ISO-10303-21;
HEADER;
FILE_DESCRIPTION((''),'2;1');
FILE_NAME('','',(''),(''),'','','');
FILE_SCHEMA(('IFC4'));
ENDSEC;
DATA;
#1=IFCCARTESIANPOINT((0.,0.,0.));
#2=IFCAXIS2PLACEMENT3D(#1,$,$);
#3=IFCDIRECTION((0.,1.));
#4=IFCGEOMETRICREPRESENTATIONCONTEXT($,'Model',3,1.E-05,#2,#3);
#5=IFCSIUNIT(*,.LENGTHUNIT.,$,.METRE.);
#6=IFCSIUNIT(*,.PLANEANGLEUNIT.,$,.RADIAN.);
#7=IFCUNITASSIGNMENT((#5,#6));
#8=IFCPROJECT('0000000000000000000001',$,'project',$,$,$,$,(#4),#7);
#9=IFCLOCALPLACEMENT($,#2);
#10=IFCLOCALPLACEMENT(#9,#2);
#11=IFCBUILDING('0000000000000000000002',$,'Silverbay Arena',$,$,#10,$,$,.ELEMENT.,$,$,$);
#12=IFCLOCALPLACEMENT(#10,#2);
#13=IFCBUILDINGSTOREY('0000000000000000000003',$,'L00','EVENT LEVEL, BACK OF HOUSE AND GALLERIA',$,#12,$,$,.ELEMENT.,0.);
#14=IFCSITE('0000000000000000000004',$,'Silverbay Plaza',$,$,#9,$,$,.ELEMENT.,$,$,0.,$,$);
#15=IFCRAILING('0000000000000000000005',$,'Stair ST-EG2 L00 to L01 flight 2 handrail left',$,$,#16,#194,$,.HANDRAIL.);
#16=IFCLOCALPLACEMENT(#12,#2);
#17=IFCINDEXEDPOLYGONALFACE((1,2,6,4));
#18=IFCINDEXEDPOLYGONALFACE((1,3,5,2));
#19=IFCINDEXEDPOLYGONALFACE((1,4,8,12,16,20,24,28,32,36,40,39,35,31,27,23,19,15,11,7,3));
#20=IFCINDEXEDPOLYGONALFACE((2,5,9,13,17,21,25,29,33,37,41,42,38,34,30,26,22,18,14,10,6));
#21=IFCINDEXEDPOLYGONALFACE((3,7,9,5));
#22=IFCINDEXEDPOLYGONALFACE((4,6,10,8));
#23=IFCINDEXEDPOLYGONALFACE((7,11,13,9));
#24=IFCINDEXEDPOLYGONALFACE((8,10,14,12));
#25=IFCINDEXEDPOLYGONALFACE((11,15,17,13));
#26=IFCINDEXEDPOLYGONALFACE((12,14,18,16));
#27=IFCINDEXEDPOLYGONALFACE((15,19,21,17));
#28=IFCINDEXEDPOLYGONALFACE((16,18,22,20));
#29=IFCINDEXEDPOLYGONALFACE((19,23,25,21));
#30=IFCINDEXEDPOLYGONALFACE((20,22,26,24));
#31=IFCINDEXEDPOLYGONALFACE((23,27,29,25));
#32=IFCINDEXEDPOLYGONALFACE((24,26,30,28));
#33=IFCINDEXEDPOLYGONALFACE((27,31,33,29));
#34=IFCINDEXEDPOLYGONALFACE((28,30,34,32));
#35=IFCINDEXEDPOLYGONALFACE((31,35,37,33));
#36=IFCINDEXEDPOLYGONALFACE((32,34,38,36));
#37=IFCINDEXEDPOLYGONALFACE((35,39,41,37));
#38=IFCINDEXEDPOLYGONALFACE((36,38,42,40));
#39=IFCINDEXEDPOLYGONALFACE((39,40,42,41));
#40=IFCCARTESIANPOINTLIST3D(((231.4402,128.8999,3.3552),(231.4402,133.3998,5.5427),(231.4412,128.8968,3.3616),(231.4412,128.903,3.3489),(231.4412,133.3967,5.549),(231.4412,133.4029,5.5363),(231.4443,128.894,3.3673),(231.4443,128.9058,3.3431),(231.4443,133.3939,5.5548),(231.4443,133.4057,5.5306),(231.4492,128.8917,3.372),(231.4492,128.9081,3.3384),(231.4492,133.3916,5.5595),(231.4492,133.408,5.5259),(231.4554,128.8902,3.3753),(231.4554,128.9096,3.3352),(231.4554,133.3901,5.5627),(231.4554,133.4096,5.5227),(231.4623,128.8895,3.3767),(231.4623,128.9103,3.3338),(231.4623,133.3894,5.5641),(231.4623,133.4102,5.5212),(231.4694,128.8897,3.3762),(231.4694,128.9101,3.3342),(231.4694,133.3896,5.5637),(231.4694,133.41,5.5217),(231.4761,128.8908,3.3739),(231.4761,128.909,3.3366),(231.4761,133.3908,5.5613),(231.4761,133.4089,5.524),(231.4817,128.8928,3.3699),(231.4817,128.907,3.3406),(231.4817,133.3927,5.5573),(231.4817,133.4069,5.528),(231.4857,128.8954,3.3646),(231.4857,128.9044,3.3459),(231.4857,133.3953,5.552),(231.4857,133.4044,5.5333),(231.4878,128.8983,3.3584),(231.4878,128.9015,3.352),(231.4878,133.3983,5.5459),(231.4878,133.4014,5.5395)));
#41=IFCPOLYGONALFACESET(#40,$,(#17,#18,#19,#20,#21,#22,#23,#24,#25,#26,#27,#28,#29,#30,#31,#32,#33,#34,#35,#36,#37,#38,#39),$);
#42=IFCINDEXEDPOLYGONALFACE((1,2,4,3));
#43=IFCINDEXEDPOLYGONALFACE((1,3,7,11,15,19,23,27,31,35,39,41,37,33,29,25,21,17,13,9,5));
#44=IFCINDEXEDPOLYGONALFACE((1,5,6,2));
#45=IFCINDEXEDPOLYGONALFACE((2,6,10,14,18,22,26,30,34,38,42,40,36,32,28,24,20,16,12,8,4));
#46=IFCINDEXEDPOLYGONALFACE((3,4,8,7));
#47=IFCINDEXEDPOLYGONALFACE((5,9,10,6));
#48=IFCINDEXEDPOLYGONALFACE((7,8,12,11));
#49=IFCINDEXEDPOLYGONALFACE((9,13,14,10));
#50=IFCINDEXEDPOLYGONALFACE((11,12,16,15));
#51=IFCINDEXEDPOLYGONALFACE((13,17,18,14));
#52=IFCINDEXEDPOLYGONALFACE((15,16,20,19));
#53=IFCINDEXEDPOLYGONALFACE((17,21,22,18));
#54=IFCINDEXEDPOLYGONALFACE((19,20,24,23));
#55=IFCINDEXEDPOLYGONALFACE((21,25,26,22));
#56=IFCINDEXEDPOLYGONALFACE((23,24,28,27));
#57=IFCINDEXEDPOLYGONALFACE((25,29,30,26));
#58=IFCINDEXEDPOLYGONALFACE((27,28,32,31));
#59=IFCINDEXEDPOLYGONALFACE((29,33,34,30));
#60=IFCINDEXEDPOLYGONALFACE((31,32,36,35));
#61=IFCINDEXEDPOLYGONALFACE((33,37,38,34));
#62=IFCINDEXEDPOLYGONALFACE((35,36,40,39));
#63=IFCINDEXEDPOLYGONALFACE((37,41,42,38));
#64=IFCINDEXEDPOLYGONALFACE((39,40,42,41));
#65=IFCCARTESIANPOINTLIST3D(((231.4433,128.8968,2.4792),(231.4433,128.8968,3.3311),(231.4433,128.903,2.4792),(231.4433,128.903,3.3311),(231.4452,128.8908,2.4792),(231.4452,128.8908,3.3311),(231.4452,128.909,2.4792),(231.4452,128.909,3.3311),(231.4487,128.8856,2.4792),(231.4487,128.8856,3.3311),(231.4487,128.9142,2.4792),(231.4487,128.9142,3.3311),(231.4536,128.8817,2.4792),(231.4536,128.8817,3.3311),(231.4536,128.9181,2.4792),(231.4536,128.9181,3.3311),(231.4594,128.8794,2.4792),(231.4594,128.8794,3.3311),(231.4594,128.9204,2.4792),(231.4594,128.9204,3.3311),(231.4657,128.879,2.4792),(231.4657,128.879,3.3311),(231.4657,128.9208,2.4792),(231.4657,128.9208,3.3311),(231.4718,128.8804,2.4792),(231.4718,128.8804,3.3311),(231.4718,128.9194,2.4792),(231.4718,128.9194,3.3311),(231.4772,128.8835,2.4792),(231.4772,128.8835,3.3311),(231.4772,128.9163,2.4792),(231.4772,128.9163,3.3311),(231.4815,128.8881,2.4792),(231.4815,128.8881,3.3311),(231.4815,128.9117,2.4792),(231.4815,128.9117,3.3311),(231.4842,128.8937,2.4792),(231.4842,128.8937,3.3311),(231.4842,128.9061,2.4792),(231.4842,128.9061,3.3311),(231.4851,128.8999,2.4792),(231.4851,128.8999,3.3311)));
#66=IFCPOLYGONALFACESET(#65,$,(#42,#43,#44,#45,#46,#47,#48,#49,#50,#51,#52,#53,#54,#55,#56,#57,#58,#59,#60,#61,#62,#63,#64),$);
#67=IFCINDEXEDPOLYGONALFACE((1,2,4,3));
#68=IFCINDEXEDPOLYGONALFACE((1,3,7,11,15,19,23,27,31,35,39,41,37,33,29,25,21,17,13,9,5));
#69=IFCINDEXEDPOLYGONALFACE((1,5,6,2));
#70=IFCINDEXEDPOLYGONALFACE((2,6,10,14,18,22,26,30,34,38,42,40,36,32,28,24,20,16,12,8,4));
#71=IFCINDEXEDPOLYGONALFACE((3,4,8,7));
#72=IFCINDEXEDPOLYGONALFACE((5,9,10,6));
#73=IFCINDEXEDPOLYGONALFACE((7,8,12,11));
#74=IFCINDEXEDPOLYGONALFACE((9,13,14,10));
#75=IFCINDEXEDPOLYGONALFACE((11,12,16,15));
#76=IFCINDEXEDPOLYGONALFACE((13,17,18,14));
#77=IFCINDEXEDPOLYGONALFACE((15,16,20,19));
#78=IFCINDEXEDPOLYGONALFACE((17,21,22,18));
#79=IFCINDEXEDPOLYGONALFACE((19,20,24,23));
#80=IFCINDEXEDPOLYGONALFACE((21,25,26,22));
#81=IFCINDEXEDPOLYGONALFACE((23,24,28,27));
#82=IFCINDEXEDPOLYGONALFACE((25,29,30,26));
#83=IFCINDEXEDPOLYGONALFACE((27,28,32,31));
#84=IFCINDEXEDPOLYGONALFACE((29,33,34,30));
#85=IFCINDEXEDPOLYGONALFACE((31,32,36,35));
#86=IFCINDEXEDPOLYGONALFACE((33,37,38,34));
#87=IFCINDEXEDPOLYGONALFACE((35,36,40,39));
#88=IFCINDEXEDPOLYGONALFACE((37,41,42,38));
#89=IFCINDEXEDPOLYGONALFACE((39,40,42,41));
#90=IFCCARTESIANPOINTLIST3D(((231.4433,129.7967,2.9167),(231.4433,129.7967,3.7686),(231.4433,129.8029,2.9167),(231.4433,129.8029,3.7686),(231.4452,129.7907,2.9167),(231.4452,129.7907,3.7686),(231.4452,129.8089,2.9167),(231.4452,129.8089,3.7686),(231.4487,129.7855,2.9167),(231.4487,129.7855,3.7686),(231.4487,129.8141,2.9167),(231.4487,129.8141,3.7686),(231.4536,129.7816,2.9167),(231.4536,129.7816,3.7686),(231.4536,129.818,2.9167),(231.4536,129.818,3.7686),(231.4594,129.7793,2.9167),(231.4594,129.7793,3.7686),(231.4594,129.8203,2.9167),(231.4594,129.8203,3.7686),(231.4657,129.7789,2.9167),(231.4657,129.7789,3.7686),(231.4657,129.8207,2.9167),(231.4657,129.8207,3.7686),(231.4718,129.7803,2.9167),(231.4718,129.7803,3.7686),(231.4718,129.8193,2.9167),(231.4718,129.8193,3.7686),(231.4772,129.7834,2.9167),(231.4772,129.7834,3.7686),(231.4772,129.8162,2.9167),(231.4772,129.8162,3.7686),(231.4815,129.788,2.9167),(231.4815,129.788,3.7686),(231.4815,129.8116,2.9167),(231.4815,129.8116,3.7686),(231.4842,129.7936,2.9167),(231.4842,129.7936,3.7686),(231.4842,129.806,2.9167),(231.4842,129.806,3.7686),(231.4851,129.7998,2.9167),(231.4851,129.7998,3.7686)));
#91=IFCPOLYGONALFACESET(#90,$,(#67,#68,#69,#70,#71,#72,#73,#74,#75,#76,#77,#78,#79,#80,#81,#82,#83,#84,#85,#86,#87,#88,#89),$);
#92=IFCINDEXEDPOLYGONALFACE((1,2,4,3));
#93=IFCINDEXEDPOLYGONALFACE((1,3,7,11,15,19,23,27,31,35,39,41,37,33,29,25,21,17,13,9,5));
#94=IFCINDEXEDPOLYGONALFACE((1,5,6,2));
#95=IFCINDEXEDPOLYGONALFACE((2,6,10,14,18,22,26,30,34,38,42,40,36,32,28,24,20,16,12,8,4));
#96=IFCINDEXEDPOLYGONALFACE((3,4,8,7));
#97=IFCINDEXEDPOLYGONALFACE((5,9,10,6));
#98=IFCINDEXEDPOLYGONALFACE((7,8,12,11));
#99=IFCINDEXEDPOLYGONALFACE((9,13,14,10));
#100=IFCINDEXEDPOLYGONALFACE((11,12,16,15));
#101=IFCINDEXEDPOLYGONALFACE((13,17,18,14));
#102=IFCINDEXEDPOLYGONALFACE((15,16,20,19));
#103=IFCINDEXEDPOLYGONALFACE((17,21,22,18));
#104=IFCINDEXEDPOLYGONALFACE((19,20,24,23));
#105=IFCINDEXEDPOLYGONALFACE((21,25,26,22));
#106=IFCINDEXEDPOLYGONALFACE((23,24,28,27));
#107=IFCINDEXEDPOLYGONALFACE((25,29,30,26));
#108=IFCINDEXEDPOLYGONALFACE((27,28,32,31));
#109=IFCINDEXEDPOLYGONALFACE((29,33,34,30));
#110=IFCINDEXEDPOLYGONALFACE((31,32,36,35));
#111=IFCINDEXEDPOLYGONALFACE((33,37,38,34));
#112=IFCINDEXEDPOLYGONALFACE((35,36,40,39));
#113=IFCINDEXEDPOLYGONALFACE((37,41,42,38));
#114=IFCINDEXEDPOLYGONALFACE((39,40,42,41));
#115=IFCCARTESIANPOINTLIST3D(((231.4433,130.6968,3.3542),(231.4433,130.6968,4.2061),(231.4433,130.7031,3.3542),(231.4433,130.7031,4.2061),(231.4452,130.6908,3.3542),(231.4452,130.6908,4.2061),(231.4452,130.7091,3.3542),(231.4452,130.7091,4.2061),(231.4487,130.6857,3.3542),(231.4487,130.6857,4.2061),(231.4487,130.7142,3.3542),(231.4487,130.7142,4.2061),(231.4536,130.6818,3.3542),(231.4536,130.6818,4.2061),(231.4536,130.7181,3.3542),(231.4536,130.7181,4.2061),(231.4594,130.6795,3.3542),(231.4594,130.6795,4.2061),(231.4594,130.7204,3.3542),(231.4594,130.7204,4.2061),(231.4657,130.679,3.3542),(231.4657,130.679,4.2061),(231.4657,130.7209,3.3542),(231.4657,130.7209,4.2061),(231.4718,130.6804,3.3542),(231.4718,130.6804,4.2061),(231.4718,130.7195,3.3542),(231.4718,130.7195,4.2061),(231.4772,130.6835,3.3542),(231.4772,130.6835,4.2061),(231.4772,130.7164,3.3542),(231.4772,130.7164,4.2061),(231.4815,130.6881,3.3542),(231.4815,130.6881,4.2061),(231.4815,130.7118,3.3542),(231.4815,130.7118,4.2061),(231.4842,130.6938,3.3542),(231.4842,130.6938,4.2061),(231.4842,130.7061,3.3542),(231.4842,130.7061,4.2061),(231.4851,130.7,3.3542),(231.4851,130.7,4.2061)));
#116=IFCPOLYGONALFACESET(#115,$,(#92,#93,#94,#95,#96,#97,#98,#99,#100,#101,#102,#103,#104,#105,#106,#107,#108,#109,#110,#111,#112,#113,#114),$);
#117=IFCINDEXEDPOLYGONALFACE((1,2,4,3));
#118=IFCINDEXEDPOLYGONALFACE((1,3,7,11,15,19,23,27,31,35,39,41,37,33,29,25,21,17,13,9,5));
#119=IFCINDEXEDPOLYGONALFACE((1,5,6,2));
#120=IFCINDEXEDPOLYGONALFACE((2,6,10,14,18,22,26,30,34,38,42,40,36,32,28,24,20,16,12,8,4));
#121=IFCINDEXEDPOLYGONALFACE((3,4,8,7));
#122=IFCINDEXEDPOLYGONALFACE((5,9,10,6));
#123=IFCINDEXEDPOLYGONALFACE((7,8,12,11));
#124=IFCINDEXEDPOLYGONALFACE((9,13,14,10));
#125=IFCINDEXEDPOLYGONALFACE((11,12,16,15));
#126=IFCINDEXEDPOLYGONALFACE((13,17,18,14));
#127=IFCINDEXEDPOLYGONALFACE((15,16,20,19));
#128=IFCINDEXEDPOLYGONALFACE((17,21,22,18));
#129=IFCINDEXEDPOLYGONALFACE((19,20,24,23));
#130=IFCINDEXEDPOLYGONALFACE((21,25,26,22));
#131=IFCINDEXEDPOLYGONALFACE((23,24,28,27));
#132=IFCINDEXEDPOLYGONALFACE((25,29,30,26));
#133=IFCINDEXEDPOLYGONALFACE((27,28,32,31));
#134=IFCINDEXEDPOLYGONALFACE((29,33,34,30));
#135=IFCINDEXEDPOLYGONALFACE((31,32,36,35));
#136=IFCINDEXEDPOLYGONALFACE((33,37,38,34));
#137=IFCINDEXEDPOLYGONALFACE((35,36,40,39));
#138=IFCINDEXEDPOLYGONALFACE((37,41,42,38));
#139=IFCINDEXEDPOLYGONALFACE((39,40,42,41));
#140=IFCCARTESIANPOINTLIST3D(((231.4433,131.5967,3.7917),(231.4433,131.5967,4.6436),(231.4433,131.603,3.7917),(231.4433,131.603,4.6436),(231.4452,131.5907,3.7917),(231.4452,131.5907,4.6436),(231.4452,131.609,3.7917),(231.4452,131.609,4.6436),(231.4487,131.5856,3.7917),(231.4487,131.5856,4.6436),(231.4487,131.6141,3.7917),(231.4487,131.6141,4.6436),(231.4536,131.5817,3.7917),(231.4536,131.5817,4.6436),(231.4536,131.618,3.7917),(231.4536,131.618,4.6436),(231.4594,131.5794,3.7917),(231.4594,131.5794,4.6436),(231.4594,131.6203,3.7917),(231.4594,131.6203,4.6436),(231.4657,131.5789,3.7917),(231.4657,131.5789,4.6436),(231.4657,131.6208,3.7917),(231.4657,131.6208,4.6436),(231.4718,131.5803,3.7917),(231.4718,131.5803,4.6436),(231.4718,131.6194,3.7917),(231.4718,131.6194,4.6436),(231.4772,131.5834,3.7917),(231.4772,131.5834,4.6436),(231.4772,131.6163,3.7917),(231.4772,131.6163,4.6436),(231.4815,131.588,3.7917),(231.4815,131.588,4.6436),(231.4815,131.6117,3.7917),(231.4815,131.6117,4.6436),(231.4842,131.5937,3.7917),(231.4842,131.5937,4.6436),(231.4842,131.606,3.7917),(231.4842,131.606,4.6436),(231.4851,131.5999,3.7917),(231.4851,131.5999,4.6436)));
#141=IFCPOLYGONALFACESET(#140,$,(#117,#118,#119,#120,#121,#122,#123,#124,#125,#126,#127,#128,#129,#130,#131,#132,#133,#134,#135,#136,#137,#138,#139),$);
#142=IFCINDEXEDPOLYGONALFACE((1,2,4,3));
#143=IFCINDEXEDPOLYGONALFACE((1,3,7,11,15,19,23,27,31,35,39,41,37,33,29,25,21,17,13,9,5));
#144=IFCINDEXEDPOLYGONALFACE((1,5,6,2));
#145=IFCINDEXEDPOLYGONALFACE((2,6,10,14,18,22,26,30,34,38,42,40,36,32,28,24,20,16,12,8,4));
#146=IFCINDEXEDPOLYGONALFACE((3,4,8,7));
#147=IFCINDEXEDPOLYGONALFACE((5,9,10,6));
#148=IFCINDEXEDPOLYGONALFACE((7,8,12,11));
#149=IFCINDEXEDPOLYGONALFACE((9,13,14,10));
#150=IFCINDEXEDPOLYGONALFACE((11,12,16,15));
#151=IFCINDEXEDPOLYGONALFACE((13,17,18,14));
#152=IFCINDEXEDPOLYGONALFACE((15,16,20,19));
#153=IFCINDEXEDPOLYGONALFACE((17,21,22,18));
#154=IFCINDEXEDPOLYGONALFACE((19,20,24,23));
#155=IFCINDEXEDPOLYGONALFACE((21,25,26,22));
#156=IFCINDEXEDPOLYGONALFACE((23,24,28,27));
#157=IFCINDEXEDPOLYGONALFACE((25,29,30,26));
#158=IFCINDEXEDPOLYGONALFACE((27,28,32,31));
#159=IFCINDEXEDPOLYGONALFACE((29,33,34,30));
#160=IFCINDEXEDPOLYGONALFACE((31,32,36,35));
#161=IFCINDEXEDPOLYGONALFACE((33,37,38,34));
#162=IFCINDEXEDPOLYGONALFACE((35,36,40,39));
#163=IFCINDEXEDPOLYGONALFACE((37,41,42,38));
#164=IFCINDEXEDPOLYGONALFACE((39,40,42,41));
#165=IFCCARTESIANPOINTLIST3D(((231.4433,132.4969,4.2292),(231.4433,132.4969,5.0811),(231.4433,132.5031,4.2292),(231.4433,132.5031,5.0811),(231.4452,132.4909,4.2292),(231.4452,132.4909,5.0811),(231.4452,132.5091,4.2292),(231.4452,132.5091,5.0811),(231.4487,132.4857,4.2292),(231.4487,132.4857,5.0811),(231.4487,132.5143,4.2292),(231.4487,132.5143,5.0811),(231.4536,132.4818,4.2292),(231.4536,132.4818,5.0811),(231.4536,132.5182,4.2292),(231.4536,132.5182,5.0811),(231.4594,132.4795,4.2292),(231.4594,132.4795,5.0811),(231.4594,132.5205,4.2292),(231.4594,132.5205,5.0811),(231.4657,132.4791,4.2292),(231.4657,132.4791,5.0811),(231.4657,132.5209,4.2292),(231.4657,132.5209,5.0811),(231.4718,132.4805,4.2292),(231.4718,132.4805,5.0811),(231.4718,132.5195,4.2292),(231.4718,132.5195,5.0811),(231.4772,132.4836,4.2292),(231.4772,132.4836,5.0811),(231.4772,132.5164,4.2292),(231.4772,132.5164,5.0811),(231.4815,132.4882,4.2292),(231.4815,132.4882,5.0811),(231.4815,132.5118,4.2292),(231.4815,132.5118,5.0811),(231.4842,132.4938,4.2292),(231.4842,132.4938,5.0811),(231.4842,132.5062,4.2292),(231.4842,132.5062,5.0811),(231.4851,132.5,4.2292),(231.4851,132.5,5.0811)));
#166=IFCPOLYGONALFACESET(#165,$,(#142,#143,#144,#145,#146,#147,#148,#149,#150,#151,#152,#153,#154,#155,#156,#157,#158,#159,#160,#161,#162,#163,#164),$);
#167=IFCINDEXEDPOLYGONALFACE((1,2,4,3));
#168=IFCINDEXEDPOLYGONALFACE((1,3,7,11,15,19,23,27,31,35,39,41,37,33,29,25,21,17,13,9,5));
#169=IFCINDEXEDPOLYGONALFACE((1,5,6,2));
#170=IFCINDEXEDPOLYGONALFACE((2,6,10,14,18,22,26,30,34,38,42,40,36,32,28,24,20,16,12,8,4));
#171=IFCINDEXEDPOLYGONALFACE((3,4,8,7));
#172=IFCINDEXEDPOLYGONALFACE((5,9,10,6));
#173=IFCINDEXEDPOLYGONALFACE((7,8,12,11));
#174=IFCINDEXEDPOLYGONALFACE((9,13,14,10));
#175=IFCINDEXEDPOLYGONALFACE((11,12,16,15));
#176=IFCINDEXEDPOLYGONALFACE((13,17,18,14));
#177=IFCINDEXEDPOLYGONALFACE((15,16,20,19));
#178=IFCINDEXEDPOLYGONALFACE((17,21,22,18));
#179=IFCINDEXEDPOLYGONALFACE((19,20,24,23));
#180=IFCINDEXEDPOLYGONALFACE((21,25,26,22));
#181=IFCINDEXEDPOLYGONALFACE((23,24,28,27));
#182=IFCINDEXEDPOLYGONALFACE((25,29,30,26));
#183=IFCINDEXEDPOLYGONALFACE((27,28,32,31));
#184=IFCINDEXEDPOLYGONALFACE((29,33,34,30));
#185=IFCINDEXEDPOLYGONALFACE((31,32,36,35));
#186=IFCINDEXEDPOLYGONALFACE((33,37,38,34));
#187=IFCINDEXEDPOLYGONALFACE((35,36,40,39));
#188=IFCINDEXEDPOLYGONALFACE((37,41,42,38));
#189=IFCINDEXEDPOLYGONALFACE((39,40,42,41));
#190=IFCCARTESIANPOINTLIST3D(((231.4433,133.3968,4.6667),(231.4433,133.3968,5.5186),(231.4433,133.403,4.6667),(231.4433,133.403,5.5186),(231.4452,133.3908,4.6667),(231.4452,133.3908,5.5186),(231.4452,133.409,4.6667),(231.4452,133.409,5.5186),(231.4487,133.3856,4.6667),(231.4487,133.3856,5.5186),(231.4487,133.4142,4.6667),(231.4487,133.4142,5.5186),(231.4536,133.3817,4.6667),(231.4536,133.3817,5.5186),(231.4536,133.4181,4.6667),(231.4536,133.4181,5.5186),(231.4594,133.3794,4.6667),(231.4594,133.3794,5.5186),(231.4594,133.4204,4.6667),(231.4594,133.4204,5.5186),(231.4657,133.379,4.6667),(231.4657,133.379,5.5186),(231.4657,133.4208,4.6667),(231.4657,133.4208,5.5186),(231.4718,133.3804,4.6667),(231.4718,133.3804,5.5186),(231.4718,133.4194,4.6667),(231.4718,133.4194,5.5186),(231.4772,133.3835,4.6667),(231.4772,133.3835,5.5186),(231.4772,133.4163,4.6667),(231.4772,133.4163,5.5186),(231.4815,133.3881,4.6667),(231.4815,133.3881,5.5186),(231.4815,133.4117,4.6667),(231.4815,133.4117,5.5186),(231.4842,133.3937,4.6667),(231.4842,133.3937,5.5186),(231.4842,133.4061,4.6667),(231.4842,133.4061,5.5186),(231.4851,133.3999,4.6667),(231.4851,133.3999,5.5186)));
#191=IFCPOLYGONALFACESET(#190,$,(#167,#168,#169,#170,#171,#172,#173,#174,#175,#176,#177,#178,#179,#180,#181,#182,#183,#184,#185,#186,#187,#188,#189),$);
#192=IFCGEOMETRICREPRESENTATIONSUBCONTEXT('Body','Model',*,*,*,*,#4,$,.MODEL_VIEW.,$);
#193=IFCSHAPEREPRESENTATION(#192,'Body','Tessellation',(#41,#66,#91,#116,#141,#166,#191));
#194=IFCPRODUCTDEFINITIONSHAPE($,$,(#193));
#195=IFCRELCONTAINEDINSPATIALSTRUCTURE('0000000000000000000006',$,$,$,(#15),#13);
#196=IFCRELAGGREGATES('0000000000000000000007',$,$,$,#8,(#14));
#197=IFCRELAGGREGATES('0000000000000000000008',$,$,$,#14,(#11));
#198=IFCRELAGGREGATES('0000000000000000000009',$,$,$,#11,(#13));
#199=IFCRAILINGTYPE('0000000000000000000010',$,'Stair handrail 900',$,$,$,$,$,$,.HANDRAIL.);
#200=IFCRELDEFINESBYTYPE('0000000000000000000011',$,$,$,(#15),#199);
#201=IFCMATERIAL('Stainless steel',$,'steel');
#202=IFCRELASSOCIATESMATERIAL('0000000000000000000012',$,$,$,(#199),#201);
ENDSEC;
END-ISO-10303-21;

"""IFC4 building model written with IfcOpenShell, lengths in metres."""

from ifc_helpers import new_model, si_unit, direction, frame, origin, origin_2d, place, context, subcontext, project, spatial, circle, extrude, material, type_object, element, save


model = new_model("IFC4")

# Units and contexts
model_context = context("Model", 3, precision=1e-05, world=origin(), true_north=direction((0.0, 1.0)))
body_context = subcontext(model_context, "Body", "Model", "MODEL_VIEW")
ifc_project = project(units=[si_unit("LENGTHUNIT", "METRE"), si_unit("PLANEANGLEUNIT", "RADIAN")], contexts=[model_context])

# Site, building, storey
site_placement = place(None, origin())
site = spatial("IfcSite", under=ifc_project, at=site_placement, Name="Silverbay Plaza", CompositionType="ELEMENT", RefElevation=0.0)
building_placement = place(site_placement, origin())
building = spatial("IfcBuilding", under=site, at=building_placement, Name="Silverbay Arena", CompositionType="ELEMENT")
storey_placement = place(building_placement, origin())
storey = spatial("IfcBuildingStorey", under=building, at=storey_placement, Name="L00", Description="EVENT LEVEL, BACK OF HOUSE AND GALLERIA", CompositionType="ELEMENT", Elevation=0.0)

# Railing
ifc_material_1 = material(Name="Stainless steel", Category="steel")
railing_type_1 = type_object("IfcRailingType", Name="Stair handrail 900", PredefinedType="HANDRAIL", material=ifc_material_1)
for number, where, name in (
    (1, (231.4641, 128.8999, 2.4792), "Stair ST-EG2 L00 to L01 flight 2 handrail left"),
):
    element("IfcRailing", number, at=place(storey_placement, frame(where)), inside=storey, type_object=railing_type_1, Name=name, PredefinedType="HANDRAIL", context=body_context, shape_type="SweptSolid", body=[
        extrude(circle(Radius=0.0239, at=origin_2d()), frame((0.0, 0.0, 0.876), z_axis=(0.0, 0.899368, 0.437193), x_axis=(-1.0, 0.0, 0.0)), (0.0, 0.0, 1.0), 5.0034),
        extrude(circle(Radius=0.021, at=origin_2d()), origin(), (0.0, 0.0, 1.0), 0.8518),
        extrude(circle(Radius=0.021, at=origin_2d()), frame((0.0, 0.8999, 0.4375)), (0.0, 0.0, 1.0), 0.8518),
        extrude(circle(Radius=0.021, at=origin_2d()), frame((0.0, 1.8, 0.875)), (0.0, 0.0, 1.0), 0.8518),
        extrude(circle(Radius=0.021, at=origin_2d()), frame((0.0, 2.7, 1.3125)), (0.0, 0.0, 1.0), 0.8518),
        extrude(circle(Radius=0.021, at=origin_2d()), frame((0.0, 3.6001, 1.75)), (0.0, 0.0, 1.0), 0.8518),
        extrude(circle(Radius=0.021, at=origin_2d()), frame((0.0, 4.5, 2.1875)), (0.0, 0.0, 1.0), 0.8518),
    ])

save(model, "model.ifc")
